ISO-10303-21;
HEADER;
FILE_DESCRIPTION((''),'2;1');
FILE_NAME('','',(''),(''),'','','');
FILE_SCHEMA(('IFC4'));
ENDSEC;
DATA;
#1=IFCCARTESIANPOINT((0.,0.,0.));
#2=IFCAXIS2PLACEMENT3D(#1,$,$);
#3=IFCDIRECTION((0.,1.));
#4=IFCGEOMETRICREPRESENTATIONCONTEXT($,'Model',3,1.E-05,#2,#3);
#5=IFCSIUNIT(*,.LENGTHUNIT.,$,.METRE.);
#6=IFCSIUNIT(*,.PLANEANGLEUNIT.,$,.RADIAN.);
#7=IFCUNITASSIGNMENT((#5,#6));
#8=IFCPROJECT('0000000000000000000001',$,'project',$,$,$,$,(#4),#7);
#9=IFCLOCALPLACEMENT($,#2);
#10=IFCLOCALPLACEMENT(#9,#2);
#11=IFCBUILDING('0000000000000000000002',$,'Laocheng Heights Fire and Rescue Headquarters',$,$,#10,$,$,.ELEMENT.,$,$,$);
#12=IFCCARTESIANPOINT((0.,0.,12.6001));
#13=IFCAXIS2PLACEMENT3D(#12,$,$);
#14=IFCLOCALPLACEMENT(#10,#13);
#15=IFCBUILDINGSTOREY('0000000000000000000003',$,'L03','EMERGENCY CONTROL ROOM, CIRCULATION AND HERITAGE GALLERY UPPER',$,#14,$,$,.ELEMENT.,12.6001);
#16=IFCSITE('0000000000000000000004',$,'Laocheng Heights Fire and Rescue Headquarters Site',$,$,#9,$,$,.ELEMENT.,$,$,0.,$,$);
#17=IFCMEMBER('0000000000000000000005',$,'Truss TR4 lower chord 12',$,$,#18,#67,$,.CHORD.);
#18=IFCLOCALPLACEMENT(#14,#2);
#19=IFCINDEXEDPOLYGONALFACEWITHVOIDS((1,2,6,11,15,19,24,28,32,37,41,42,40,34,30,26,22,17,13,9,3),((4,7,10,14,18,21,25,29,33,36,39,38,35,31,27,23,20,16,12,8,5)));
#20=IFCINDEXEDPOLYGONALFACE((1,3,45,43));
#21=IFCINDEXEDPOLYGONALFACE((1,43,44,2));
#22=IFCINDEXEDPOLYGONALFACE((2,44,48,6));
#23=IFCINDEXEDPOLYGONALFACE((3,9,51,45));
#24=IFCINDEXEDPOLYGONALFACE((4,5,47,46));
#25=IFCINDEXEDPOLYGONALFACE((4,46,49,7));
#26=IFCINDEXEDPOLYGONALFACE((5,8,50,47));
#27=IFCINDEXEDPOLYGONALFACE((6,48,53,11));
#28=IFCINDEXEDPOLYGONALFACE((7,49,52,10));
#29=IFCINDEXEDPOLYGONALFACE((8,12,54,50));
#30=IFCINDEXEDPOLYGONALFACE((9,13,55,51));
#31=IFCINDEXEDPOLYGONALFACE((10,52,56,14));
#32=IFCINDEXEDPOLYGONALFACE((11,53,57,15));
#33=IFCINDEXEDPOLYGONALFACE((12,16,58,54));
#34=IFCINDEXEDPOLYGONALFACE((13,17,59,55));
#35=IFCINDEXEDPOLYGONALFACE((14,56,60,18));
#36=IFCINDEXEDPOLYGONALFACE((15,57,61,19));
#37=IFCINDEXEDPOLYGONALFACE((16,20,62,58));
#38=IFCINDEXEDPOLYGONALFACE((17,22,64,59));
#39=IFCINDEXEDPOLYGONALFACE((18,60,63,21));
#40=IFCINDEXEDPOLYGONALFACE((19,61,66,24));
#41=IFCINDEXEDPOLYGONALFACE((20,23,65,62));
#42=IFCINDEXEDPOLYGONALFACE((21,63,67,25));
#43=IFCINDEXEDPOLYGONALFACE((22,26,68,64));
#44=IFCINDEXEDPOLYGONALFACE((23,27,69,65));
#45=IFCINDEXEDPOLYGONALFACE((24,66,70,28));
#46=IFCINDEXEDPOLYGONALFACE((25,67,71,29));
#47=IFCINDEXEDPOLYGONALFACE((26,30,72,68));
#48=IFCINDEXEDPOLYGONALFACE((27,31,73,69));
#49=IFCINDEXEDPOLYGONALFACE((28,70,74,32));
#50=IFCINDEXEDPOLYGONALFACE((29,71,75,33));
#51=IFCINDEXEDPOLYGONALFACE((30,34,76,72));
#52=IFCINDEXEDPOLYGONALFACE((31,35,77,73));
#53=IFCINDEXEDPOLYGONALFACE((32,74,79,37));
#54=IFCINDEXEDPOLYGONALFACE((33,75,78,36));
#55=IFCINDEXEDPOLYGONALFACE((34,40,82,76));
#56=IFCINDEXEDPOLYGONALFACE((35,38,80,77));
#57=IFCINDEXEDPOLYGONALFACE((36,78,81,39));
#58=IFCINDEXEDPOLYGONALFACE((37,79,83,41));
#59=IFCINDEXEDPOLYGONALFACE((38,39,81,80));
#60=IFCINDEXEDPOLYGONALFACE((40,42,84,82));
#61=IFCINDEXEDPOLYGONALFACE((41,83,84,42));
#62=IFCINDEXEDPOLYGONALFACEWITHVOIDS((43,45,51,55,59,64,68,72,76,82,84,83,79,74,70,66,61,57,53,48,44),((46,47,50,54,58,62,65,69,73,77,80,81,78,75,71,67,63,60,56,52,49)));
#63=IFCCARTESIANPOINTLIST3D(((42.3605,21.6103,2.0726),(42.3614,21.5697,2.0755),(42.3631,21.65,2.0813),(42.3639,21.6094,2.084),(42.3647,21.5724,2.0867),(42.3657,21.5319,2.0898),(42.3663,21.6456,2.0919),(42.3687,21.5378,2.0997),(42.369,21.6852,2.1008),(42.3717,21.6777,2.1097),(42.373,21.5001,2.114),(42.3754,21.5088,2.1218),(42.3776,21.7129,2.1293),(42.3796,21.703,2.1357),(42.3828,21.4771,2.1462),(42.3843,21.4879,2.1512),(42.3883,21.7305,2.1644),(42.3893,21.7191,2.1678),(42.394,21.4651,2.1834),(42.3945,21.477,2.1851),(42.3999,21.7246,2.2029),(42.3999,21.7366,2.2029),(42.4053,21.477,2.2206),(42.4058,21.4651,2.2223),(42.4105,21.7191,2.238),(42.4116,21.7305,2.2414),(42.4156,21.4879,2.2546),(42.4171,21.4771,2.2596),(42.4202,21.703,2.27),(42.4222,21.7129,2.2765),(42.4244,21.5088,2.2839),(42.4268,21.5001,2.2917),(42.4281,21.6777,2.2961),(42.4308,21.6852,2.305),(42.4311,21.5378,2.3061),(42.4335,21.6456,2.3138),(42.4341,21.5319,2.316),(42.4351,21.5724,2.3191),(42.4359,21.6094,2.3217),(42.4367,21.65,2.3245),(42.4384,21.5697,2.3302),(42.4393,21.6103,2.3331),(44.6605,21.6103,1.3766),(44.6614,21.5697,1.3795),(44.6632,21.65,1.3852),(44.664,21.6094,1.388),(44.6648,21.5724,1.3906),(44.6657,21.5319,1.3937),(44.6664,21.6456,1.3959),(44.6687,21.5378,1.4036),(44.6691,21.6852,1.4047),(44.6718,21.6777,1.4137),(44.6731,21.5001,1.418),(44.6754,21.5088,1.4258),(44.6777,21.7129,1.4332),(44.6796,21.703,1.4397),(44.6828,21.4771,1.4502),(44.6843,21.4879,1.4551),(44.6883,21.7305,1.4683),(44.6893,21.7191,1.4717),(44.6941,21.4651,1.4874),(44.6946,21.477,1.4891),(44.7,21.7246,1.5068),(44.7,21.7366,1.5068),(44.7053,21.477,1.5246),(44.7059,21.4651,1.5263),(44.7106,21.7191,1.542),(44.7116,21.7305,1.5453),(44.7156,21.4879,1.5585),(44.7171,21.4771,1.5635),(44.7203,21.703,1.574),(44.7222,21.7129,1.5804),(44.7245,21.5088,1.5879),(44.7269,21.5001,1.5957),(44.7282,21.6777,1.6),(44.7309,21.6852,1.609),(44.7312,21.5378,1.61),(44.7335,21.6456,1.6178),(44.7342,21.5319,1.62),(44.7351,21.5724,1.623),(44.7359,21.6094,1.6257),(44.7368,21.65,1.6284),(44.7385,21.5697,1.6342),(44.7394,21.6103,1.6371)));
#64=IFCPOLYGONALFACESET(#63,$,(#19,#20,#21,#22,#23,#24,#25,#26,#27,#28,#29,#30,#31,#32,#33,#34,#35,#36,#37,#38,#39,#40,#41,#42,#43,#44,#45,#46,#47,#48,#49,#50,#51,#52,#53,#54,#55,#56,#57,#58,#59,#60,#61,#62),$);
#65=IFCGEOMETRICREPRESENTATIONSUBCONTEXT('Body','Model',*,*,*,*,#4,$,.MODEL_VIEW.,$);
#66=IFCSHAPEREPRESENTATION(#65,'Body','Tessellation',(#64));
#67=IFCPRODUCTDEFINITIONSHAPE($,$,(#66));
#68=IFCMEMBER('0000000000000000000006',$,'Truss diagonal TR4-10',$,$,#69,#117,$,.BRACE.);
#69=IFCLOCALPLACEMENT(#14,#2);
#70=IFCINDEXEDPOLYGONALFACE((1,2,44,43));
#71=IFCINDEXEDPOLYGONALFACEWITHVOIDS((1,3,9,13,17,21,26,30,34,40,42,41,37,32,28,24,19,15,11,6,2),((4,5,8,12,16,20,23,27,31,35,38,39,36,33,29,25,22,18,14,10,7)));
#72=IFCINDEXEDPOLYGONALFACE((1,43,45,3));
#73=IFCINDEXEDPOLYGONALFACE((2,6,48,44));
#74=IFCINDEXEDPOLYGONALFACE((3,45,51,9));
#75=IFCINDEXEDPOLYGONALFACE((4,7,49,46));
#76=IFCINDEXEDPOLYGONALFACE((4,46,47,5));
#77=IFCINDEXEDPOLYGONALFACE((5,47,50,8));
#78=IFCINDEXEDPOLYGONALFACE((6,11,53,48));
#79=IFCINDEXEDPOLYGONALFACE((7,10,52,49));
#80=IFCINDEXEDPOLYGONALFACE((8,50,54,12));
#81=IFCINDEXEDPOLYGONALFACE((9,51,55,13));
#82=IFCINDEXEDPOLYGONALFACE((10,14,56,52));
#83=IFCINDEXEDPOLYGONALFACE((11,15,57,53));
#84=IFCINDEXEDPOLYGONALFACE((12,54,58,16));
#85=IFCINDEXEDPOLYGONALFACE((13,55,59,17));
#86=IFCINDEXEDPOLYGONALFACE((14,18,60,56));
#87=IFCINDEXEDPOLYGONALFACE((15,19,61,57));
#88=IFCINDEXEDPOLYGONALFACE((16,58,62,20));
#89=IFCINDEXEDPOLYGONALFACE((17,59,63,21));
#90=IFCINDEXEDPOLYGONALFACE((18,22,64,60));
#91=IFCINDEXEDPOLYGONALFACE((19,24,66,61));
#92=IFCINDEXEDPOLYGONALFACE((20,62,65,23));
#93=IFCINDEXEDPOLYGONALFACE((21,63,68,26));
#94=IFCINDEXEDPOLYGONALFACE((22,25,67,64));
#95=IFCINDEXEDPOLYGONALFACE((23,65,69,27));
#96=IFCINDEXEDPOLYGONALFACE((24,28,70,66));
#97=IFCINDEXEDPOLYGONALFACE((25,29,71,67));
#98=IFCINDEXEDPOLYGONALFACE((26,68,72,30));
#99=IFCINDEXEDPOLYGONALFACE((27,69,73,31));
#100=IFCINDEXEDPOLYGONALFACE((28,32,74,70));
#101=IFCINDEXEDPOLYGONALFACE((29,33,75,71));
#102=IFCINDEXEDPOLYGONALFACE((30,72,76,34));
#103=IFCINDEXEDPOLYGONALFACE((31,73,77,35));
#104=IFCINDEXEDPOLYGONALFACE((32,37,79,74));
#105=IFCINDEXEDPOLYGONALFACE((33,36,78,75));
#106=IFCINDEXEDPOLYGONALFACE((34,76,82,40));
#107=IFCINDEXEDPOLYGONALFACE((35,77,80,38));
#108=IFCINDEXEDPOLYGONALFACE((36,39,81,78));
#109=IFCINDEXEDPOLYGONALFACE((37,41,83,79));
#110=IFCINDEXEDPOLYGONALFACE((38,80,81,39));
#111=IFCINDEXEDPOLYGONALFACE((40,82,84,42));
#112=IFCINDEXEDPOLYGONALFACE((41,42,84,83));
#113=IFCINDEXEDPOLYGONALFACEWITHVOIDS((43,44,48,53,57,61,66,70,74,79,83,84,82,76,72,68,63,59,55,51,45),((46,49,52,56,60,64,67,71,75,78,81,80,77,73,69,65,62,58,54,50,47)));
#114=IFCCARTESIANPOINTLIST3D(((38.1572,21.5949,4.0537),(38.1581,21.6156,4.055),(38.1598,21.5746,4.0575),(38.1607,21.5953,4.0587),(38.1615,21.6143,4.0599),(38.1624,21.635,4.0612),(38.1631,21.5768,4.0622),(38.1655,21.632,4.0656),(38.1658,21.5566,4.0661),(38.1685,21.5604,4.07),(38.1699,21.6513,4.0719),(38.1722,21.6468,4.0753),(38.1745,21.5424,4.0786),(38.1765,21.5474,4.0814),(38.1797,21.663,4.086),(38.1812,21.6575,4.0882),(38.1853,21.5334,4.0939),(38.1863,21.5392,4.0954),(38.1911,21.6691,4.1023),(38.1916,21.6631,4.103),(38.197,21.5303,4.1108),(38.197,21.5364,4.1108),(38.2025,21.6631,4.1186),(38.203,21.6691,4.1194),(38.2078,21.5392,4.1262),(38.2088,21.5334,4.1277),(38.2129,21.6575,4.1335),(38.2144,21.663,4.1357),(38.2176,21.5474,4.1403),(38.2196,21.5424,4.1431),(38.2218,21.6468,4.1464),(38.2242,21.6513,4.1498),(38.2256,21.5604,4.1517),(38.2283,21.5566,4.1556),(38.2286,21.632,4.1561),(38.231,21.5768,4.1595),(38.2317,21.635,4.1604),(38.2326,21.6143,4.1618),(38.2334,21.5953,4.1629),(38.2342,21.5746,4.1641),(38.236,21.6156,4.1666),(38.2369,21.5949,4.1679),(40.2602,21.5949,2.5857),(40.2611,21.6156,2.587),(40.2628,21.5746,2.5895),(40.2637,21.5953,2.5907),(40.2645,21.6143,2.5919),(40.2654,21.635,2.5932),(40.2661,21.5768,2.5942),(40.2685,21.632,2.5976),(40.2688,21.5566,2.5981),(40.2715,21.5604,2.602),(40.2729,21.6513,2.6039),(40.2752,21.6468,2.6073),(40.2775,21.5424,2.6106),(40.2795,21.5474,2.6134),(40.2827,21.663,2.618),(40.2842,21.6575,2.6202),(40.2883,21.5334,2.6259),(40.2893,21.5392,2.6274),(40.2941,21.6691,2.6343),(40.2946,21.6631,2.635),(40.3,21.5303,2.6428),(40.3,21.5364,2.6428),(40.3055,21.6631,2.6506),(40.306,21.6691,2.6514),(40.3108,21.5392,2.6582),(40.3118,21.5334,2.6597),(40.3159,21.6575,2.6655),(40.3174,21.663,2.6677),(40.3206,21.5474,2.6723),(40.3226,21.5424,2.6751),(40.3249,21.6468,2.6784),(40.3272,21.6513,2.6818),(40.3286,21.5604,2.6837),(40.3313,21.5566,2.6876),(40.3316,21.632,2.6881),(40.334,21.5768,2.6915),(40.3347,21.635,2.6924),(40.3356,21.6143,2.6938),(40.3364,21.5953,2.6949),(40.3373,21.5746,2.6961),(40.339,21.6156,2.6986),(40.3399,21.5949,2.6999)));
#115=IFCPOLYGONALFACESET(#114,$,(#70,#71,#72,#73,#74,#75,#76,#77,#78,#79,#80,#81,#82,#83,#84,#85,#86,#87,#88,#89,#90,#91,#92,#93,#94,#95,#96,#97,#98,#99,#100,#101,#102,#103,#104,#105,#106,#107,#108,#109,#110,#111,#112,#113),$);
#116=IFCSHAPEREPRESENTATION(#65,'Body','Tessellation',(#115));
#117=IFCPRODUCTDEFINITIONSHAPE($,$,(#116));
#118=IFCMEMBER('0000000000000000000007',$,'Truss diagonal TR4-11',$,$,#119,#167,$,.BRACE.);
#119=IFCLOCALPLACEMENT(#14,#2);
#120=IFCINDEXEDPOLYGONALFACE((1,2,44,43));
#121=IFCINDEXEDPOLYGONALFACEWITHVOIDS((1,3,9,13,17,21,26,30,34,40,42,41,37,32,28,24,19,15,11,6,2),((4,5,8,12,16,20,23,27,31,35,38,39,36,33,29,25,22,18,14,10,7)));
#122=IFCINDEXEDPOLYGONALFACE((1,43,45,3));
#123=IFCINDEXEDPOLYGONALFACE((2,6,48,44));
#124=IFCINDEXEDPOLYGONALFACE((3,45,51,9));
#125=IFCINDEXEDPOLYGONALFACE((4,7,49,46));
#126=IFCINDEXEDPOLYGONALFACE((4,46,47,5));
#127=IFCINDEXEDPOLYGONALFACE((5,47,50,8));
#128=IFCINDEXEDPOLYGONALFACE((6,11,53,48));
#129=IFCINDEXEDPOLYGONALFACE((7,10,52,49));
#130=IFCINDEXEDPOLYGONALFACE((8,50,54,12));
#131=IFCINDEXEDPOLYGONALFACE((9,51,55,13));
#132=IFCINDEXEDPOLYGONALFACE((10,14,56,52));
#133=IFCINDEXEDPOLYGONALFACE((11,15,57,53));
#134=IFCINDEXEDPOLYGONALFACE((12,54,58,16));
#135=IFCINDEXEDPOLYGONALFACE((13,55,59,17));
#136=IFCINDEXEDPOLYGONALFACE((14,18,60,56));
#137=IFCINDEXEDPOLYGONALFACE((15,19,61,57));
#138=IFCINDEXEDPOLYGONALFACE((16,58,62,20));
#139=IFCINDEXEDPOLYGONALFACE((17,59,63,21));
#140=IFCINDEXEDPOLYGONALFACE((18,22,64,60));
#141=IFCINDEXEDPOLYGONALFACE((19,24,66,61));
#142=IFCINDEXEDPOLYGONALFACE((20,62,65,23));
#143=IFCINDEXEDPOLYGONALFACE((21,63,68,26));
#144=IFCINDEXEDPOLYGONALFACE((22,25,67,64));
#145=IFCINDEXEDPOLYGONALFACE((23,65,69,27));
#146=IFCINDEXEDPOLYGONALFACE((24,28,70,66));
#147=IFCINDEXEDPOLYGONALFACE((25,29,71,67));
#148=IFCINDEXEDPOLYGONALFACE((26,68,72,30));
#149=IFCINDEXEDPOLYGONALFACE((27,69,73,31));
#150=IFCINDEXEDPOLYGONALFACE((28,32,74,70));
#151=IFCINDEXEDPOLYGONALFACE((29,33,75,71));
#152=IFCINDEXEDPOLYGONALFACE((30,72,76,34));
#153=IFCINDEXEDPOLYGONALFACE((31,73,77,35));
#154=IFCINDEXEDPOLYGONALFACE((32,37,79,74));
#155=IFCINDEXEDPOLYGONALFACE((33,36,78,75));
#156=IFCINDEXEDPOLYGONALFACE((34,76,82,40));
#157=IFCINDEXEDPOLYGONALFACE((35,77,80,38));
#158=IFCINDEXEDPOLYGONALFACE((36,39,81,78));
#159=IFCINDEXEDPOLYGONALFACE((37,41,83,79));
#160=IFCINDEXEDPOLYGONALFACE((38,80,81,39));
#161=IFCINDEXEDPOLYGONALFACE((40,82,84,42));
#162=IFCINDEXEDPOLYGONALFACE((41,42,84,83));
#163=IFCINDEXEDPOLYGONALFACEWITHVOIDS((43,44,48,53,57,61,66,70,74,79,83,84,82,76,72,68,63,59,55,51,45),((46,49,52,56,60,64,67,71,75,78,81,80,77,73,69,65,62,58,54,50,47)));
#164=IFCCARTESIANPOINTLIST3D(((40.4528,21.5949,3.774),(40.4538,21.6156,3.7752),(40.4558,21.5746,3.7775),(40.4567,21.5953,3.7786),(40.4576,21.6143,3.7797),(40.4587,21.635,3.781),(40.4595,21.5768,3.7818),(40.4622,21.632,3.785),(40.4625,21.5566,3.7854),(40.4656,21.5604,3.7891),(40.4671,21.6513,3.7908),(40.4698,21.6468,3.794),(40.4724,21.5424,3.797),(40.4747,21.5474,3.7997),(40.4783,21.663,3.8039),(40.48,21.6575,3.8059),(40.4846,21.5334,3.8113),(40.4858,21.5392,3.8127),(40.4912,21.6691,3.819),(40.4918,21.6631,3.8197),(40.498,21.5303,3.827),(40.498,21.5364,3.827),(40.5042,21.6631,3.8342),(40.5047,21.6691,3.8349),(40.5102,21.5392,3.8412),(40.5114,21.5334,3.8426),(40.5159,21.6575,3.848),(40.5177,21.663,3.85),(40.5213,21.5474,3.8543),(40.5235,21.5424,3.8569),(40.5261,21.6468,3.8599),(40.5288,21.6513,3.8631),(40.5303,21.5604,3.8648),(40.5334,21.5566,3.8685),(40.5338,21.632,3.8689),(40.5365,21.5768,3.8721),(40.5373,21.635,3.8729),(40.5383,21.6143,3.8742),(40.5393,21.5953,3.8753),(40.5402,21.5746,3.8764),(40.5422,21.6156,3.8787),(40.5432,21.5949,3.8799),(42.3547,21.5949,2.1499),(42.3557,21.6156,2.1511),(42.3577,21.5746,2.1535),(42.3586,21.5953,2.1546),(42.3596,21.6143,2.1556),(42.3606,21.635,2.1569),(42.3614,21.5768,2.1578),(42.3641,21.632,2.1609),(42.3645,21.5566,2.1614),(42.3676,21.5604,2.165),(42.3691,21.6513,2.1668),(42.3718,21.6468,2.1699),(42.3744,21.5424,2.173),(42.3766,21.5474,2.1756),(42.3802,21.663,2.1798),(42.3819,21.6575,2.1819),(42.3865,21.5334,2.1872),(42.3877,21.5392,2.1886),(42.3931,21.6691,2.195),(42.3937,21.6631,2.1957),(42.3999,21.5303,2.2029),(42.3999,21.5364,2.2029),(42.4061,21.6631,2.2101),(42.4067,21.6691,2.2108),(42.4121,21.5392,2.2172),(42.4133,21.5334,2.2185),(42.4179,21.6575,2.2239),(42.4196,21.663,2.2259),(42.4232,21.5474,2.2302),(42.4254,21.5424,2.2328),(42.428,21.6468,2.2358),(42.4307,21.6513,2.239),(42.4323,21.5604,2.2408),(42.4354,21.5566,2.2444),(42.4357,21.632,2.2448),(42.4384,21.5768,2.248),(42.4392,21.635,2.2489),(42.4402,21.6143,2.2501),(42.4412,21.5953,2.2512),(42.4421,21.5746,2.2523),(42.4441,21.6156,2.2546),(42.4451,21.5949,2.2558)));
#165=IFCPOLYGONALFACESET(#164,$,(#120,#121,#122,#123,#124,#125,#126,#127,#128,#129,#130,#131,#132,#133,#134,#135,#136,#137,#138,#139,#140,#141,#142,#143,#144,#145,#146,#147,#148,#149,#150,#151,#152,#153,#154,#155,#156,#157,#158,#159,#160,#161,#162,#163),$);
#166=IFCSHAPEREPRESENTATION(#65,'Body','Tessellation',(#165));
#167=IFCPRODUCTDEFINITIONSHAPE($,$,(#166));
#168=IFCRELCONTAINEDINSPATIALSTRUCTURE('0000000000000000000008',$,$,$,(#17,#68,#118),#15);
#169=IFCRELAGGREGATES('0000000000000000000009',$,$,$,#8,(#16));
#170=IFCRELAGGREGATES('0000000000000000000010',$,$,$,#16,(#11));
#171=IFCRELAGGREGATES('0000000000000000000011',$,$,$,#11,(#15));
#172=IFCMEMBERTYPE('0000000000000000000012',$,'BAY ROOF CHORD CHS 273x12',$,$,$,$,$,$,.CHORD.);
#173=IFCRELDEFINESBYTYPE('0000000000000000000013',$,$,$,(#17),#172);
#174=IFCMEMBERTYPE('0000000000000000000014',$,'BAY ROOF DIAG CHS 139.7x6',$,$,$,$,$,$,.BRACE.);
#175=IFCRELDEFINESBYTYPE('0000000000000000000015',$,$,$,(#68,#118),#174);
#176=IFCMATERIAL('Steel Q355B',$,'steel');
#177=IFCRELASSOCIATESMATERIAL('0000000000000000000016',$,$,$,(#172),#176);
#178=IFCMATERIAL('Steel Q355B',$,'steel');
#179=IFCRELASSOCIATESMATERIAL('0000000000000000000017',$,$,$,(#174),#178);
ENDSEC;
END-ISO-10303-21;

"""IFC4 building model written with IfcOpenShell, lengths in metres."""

from ifc_helpers import new_model, si_unit, direction, frame, origin, origin_2d, place, context, subcontext, project, spatial, hollow_circle, extrude, material, material_profile, profile_set, type_object, element, save


model = new_model("IFC4")

# Units and contexts
model_context = context("Model", 3, precision=1e-05, world=origin(), true_north=direction((0.0, 1.0)))
body_context = subcontext(model_context, "Body", "Model", "MODEL_VIEW")
ifc_project = project(units=[si_unit("LENGTHUNIT", "METRE"), si_unit("PLANEANGLEUNIT", "RADIAN")], contexts=[model_context])

# Site, building, storey
site_placement = place(None, origin())
site = spatial("IfcSite", under=ifc_project, at=site_placement, Name="Laocheng Heights Fire and Rescue Headquarters Site", CompositionType="ELEMENT", RefElevation=0.0)
building_placement = place(site_placement, origin())
building = spatial("IfcBuilding", under=site, at=building_placement, Name="Laocheng Heights Fire and Rescue Headquarters", CompositionType="ELEMENT")
storey_placement = place(building_placement, frame((0.0, 0.0, 12.6001)))
storey = spatial("IfcBuildingStorey", under=building, at=storey_placement, Name="L03", Description="EMERGENCY CONTROL ROOM, CIRCULATION AND HERITAGE GALLERY UPPER", CompositionType="ELEMENT", Elevation=12.6001)

# Members
ifc_material_1 = material(Name="Steel Q355B", Category="steel")
ifc_material_profile_1 = material_profile(ifc_material_1, hollow_circle(Radius=0.1365, WallThickness=0.012, at=origin_2d()), Name="CHS 273x12")
ifc_profile_set_1 = profile_set([ifc_material_profile_1], Name="Steel Q355B")
member_type_1 = type_object("IfcMemberType", Name="BAY ROOF CHORD CHS 273x12", PredefinedType="CHORD", material=ifc_profile_set_1)
member_1_placement = place(storey_placement, frame((42.3999, 21.6001, 2.2029), z_axis=(0.957133, 0.0, -0.289649), x_axis=(0.0, 1.0, 0.0)))
element("IfcMember", 1, at=member_1_placement, inside=storey, type_object=member_type_1, Name="Truss TR4 lower chord 12", PredefinedType="CHORD", context=body_context, shape_type="SweptSolid", body=[
    extrude(hollow_circle(Radius=0.1365, WallThickness=0.012, at=origin_2d()), origin(), (0.0, 0.0, 1.0), 2.4031),
])
ifc_material_2 = material(Name="Steel Q355B", Category="steel")
ifc_material_profile_2 = material_profile(ifc_material_2, hollow_circle(Radius=0.0698, WallThickness=0.0061, at=origin_2d()), Name="CHS 139.7x6")
ifc_profile_set_2 = profile_set([ifc_material_profile_2], Name="Steel Q355B")
member_type_2 = type_object("IfcMemberType", Name="BAY ROOF DIAG CHS 139.7x6", PredefinedType="BRACE", material=ifc_profile_set_2)
member_2_placement = place(storey_placement, frame((40.3, 21.6001, 2.6428), z_axis=(-0.819983, 0.0, 0.572389), x_axis=(0.0, -1.0, 0.0)))
element("IfcMember", 2, at=member_2_placement, inside=storey, type_object=member_type_2, Name="Truss diagonal TR4-10", PredefinedType="BRACE", context=body_context, shape_type="SweptSolid", body=[
    extrude(hollow_circle(Radius=0.0698, WallThickness=0.0061, at=origin_2d()), origin(), (0.0, 0.0, 1.0), 2.5647),
])
member_3_placement = place(storey_placement, frame((42.3999, 21.6001, 2.2029), z_axis=(-0.760468, 0.0, 0.649375), x_axis=(0.0, -1.0, 0.0)))
element("IfcMember", 3, at=member_3_placement, inside=storey, type_object=member_type_2, Name="Truss diagonal TR4-11", PredefinedType="BRACE", context=body_context, shape_type="SweptSolid", body=[
    extrude(hollow_circle(Radius=0.0698, WallThickness=0.0061, at=origin_2d()), origin(), (0.0, 0.0, 1.0), 2.501),
])

save(model, "model.ifc")
